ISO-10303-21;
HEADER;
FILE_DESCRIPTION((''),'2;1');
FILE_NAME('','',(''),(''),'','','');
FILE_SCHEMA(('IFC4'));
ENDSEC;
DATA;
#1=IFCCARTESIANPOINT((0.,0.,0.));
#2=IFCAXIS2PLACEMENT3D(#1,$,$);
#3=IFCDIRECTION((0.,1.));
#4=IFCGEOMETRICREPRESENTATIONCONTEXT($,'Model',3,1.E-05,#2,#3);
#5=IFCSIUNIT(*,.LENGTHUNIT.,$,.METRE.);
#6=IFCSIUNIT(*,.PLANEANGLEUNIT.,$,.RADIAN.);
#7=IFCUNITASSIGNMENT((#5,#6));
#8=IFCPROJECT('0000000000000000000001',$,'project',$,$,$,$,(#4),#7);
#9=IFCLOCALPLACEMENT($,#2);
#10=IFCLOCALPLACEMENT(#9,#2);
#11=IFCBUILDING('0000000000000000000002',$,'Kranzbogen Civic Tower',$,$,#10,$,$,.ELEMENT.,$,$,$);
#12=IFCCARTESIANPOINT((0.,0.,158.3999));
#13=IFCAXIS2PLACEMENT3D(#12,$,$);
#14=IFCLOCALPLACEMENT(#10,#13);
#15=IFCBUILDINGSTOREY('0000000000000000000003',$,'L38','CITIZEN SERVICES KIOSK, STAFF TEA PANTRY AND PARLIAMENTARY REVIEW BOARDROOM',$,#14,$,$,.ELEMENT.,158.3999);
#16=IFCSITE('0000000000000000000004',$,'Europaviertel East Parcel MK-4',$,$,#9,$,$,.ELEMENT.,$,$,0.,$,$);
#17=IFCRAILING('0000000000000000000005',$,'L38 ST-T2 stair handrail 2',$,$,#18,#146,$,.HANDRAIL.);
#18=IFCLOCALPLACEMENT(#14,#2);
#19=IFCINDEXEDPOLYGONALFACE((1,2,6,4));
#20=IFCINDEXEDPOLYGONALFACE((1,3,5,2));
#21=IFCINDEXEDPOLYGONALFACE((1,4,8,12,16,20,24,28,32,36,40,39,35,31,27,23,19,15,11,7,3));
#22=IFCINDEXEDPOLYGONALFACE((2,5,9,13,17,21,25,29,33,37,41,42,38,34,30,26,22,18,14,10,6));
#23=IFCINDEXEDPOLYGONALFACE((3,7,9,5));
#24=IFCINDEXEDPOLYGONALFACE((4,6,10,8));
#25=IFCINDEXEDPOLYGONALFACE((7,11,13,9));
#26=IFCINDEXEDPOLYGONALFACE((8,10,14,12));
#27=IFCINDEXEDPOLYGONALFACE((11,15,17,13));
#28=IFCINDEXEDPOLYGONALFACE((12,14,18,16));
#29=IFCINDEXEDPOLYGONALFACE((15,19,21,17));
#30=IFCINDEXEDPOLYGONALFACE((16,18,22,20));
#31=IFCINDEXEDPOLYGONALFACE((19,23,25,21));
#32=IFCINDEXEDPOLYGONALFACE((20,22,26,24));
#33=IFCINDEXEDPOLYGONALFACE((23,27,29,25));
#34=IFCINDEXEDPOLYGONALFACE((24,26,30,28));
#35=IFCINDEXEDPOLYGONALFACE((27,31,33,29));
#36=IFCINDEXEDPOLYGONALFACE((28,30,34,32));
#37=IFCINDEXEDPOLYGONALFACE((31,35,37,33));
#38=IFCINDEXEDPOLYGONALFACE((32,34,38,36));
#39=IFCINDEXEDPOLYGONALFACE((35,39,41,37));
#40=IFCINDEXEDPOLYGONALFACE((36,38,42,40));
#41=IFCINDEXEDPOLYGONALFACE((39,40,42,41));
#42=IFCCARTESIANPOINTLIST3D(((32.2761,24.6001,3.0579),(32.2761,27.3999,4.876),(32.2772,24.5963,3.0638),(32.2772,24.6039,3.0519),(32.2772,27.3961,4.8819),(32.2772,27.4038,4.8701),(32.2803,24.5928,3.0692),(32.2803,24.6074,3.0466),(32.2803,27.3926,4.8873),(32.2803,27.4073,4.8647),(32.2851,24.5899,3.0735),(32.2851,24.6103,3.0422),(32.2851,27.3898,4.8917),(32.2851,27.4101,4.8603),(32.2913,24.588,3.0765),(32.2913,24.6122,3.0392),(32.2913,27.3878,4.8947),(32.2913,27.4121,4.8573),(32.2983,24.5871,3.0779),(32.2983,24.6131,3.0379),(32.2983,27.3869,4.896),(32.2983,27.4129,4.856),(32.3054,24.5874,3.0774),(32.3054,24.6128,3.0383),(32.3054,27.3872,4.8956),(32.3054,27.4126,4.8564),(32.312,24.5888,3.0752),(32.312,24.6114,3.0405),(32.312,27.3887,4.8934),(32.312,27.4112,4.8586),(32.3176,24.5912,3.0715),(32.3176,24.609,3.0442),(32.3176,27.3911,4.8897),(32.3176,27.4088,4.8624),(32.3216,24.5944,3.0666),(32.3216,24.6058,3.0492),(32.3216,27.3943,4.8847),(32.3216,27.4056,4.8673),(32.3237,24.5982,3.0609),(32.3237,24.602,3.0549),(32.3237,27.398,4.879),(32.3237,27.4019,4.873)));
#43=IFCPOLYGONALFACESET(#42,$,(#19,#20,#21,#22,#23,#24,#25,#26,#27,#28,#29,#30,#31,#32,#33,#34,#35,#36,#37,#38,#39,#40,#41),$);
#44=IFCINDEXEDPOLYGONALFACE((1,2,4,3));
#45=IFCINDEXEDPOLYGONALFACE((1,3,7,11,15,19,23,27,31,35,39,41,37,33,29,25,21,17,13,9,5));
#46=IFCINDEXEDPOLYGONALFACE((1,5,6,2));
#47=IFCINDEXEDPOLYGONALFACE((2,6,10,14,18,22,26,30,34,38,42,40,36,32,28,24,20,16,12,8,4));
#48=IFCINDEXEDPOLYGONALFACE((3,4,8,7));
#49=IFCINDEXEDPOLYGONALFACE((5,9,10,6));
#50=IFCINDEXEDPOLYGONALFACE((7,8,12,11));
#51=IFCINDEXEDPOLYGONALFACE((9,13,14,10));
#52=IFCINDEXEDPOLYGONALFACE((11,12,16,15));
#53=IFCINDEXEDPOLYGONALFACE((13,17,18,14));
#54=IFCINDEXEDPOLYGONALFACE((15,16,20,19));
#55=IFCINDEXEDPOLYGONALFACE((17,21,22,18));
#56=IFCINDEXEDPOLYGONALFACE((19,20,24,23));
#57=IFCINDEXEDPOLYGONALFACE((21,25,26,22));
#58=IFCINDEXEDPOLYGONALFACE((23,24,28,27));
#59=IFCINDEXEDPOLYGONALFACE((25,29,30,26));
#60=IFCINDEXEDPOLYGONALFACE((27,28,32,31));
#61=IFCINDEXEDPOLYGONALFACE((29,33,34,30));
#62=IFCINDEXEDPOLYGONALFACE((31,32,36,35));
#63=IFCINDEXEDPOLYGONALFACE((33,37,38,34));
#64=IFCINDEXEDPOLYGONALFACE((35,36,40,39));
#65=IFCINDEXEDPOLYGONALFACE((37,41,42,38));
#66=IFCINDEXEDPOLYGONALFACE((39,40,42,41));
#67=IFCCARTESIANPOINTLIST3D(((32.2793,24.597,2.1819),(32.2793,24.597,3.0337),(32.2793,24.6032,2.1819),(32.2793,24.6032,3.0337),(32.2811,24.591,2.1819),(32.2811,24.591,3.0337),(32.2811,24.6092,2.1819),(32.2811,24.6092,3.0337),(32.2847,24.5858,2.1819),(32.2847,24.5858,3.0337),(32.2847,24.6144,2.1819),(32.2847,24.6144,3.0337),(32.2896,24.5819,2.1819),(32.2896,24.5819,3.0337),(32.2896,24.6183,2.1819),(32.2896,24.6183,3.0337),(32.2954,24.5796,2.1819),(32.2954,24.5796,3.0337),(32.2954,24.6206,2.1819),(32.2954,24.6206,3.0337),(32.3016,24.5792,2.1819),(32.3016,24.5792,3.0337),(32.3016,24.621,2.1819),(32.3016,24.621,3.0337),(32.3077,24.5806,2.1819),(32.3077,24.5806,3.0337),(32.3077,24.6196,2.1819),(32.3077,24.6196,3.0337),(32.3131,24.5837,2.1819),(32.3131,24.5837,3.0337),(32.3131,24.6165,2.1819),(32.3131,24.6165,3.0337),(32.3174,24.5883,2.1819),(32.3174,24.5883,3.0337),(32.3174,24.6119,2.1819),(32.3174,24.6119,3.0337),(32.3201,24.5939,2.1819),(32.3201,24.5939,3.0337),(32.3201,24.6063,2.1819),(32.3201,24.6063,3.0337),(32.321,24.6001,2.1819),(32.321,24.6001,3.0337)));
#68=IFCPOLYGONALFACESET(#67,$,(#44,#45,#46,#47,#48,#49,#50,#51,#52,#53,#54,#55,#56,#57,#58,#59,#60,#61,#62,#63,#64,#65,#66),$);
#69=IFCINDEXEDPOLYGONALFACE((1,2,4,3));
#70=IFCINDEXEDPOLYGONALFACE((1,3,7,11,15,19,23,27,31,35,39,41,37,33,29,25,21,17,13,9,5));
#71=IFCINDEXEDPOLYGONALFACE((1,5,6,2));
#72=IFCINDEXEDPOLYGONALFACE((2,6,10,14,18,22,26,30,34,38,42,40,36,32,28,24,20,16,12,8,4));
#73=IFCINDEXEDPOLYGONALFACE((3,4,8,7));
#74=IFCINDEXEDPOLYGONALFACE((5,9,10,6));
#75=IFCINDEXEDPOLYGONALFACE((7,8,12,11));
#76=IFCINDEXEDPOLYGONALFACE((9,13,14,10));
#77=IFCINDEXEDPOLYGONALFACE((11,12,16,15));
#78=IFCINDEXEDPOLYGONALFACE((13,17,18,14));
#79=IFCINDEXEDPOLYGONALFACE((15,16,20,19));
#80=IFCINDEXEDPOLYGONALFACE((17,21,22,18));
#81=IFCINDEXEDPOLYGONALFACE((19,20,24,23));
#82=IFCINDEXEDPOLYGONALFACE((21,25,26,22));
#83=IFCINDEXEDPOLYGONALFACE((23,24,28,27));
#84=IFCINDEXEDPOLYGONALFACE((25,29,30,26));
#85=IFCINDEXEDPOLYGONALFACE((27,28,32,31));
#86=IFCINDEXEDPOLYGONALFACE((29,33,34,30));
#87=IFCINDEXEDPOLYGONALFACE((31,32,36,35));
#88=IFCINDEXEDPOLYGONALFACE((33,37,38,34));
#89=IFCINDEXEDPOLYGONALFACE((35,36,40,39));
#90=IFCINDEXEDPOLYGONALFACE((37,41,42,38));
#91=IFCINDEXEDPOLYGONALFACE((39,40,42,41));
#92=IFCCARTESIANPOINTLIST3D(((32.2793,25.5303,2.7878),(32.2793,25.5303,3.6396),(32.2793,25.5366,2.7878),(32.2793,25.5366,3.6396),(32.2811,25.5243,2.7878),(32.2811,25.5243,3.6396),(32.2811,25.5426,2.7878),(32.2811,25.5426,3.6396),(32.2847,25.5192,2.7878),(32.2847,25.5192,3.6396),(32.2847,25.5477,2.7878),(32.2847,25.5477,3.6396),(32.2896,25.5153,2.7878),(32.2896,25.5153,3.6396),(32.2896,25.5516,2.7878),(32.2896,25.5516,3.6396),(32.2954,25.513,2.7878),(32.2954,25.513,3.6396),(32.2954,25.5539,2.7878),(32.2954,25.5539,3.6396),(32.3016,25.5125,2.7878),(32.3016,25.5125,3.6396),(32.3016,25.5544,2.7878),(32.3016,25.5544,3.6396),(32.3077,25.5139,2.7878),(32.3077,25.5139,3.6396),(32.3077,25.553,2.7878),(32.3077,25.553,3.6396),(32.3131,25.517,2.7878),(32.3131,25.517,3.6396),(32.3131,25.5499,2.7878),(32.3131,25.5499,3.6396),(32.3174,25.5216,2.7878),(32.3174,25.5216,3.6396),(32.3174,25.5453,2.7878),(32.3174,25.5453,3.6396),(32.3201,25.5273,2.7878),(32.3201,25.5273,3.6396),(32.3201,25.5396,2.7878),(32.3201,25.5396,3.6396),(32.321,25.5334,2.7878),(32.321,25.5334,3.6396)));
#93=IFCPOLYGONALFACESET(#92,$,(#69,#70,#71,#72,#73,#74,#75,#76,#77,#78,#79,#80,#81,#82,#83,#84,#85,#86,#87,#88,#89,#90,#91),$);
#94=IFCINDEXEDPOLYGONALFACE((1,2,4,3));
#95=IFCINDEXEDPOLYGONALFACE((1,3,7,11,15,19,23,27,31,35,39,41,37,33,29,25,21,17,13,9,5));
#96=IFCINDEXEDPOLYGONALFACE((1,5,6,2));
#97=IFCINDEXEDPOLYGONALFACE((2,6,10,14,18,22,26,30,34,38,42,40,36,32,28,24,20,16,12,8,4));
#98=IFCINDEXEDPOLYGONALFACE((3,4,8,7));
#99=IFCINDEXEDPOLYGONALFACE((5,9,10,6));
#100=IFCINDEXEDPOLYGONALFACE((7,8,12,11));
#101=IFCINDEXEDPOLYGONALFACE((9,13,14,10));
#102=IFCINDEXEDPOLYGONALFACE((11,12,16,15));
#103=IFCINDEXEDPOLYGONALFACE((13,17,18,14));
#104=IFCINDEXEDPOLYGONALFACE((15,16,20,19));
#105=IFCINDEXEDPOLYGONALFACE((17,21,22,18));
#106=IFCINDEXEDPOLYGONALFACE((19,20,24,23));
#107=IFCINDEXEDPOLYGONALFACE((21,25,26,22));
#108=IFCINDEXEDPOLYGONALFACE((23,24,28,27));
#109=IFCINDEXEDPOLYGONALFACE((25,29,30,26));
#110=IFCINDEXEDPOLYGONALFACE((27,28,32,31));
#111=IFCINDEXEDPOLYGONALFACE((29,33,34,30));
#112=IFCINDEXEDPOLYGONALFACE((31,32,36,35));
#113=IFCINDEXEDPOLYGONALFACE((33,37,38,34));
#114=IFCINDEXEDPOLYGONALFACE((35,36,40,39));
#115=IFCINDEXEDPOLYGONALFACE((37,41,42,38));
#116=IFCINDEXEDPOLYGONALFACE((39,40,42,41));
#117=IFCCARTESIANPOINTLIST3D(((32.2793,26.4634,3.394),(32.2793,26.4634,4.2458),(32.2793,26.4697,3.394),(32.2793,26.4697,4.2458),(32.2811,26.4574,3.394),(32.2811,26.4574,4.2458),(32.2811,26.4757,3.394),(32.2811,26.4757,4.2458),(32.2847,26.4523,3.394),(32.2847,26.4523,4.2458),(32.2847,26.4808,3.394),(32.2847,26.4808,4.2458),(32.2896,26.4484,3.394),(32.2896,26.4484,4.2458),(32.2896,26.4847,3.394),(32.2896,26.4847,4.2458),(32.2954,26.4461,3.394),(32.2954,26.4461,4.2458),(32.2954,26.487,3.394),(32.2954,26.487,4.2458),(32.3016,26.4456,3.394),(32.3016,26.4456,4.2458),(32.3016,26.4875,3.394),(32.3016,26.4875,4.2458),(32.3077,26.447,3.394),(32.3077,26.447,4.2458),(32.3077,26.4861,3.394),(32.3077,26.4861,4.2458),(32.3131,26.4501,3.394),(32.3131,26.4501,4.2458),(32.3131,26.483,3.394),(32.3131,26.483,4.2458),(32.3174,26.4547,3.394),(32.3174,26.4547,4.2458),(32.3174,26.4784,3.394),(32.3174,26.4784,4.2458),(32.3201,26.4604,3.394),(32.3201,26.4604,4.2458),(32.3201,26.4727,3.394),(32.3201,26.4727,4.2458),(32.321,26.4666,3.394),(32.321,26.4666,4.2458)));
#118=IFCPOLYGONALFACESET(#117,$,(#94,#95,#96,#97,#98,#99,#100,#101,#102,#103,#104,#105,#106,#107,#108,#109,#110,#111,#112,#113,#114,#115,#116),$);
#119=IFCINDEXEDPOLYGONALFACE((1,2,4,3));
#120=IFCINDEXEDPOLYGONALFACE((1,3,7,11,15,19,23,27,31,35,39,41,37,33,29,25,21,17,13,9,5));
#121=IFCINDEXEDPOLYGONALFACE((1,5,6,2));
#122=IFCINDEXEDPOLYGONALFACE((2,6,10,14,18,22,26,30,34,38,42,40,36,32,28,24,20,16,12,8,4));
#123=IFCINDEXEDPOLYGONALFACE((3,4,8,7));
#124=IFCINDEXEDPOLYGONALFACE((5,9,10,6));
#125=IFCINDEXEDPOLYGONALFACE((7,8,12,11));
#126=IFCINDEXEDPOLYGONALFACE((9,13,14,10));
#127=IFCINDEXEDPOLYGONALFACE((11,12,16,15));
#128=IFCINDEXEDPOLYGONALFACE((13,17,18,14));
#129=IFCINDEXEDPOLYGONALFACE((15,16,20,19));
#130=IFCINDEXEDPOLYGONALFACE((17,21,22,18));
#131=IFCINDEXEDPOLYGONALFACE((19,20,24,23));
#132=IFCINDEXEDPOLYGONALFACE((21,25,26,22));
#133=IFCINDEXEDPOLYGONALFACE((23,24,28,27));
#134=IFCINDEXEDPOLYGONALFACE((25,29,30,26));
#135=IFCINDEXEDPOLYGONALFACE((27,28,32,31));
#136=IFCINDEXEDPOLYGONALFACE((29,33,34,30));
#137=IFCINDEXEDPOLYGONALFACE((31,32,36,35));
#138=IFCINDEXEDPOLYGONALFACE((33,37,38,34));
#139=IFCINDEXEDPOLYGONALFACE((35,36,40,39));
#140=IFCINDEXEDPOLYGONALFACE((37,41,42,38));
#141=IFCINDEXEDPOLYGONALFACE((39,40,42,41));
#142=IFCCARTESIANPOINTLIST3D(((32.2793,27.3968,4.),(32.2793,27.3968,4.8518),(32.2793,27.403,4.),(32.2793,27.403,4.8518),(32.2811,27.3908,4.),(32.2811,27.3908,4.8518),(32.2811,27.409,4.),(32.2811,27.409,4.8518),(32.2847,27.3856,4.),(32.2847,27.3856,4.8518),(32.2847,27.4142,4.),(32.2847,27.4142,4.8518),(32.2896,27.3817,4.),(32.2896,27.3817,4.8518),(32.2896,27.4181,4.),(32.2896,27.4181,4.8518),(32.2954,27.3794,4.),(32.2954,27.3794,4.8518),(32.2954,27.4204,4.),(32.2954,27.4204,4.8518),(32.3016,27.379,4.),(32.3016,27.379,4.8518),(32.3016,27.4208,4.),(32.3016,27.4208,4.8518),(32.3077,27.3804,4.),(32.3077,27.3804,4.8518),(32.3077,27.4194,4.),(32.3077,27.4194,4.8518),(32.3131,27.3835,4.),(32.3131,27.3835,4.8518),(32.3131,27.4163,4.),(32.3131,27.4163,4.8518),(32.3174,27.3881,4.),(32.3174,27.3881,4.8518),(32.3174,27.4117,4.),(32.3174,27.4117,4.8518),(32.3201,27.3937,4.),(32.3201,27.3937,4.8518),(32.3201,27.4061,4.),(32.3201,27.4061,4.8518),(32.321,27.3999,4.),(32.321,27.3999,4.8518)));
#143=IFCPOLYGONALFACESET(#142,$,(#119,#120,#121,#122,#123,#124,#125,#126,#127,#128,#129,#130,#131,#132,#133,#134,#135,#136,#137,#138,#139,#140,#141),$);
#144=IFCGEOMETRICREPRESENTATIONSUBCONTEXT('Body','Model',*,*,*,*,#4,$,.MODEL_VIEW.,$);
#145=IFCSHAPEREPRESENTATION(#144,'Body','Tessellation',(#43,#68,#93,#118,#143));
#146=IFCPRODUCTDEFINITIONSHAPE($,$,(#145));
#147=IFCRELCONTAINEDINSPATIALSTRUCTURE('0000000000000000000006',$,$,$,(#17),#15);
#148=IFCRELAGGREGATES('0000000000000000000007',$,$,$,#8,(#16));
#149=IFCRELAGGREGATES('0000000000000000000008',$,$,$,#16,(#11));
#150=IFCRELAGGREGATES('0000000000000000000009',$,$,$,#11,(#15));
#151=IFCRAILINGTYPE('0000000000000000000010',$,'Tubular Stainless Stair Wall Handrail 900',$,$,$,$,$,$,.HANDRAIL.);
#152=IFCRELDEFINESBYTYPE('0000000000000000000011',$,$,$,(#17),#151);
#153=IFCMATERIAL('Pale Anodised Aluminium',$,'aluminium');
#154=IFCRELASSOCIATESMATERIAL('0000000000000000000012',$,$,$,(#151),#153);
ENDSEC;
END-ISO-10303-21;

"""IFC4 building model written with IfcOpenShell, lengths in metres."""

from ifc_helpers import new_model, si_unit, direction, frame, origin, origin_2d, place, context, subcontext, project, spatial, circle, extrude, material, type_object, element, save


model = new_model("IFC4")

# Units and contexts
model_context = context("Model", 3, precision=1e-05, world=origin(), true_north=direction((0.0, 1.0)))
body_context = subcontext(model_context, "Body", "Model", "MODEL_VIEW")
ifc_project = project(units=[si_unit("LENGTHUNIT", "METRE"), si_unit("PLANEANGLEUNIT", "RADIAN")], contexts=[model_context])

# Site, building, storey
site_placement = place(None, origin())
site = spatial("IfcSite", under=ifc_project, at=site_placement, Name="Europaviertel East Parcel MK-4", CompositionType="ELEMENT", RefElevation=0.0)
building_placement = place(site_placement, origin())
building = spatial("IfcBuilding", under=site, at=building_placement, Name="Kranzbogen Civic Tower", CompositionType="ELEMENT")
storey_placement = place(building_placement, frame((0.0, 0.0, 158.3999)))
storey = spatial("IfcBuildingStorey", under=building, at=storey_placement, Name="L38", Description="CITIZEN SERVICES KIOSK, STAFF TEA PANTRY AND PARLIAMENTARY REVIEW BOARDROOM", CompositionType="ELEMENT", Elevation=158.3999)

# Shared definitions
ifc_material_1 = material(Name="Pale Anodised Aluminium", Category="aluminium")

# Railing
railing_type_1 = type_object("IfcRailingType", Name="Tubular Stainless Stair Wall Handrail 900", PredefinedType="HANDRAIL", material=ifc_material_1)
railing_1_placement = place(storey_placement, frame((32.3, 24.6001, 2.1819)))
element("IfcRailing", 1, at=railing_1_placement, inside=storey, type_object=railing_type_1, Name="L38 ST-T2 stair handrail 2", PredefinedType="HANDRAIL", context=body_context, shape_type="SweptSolid", body=[
    extrude(circle(Radius=0.0239, at=origin_2d()), frame((0.0, 0.0, 0.876), z_axis=(0.0, 0.838684, 0.544618), x_axis=(-1.0, 0.0, 0.0)), (0.0, 0.0, 1.0), 3.3384),
    extrude(circle(Radius=0.021, at=origin_2d()), origin(), (0.0, 0.0, 1.0), 0.8518),
    extrude(circle(Radius=0.021, at=origin_2d()), frame((0.0, 0.9333, 0.606)), (0.0, 0.0, 1.0), 0.8518),
    extrude(circle(Radius=0.021, at=origin_2d()), frame((0.0, 1.8665, 1.2122)), (0.0, 0.0, 1.0), 0.8518),
    extrude(circle(Radius=0.021, at=origin_2d()), frame((0.0, 2.7998, 1.8181)), (0.0, 0.0, 1.0), 0.8518),
])

save(model, "model.ifc")
